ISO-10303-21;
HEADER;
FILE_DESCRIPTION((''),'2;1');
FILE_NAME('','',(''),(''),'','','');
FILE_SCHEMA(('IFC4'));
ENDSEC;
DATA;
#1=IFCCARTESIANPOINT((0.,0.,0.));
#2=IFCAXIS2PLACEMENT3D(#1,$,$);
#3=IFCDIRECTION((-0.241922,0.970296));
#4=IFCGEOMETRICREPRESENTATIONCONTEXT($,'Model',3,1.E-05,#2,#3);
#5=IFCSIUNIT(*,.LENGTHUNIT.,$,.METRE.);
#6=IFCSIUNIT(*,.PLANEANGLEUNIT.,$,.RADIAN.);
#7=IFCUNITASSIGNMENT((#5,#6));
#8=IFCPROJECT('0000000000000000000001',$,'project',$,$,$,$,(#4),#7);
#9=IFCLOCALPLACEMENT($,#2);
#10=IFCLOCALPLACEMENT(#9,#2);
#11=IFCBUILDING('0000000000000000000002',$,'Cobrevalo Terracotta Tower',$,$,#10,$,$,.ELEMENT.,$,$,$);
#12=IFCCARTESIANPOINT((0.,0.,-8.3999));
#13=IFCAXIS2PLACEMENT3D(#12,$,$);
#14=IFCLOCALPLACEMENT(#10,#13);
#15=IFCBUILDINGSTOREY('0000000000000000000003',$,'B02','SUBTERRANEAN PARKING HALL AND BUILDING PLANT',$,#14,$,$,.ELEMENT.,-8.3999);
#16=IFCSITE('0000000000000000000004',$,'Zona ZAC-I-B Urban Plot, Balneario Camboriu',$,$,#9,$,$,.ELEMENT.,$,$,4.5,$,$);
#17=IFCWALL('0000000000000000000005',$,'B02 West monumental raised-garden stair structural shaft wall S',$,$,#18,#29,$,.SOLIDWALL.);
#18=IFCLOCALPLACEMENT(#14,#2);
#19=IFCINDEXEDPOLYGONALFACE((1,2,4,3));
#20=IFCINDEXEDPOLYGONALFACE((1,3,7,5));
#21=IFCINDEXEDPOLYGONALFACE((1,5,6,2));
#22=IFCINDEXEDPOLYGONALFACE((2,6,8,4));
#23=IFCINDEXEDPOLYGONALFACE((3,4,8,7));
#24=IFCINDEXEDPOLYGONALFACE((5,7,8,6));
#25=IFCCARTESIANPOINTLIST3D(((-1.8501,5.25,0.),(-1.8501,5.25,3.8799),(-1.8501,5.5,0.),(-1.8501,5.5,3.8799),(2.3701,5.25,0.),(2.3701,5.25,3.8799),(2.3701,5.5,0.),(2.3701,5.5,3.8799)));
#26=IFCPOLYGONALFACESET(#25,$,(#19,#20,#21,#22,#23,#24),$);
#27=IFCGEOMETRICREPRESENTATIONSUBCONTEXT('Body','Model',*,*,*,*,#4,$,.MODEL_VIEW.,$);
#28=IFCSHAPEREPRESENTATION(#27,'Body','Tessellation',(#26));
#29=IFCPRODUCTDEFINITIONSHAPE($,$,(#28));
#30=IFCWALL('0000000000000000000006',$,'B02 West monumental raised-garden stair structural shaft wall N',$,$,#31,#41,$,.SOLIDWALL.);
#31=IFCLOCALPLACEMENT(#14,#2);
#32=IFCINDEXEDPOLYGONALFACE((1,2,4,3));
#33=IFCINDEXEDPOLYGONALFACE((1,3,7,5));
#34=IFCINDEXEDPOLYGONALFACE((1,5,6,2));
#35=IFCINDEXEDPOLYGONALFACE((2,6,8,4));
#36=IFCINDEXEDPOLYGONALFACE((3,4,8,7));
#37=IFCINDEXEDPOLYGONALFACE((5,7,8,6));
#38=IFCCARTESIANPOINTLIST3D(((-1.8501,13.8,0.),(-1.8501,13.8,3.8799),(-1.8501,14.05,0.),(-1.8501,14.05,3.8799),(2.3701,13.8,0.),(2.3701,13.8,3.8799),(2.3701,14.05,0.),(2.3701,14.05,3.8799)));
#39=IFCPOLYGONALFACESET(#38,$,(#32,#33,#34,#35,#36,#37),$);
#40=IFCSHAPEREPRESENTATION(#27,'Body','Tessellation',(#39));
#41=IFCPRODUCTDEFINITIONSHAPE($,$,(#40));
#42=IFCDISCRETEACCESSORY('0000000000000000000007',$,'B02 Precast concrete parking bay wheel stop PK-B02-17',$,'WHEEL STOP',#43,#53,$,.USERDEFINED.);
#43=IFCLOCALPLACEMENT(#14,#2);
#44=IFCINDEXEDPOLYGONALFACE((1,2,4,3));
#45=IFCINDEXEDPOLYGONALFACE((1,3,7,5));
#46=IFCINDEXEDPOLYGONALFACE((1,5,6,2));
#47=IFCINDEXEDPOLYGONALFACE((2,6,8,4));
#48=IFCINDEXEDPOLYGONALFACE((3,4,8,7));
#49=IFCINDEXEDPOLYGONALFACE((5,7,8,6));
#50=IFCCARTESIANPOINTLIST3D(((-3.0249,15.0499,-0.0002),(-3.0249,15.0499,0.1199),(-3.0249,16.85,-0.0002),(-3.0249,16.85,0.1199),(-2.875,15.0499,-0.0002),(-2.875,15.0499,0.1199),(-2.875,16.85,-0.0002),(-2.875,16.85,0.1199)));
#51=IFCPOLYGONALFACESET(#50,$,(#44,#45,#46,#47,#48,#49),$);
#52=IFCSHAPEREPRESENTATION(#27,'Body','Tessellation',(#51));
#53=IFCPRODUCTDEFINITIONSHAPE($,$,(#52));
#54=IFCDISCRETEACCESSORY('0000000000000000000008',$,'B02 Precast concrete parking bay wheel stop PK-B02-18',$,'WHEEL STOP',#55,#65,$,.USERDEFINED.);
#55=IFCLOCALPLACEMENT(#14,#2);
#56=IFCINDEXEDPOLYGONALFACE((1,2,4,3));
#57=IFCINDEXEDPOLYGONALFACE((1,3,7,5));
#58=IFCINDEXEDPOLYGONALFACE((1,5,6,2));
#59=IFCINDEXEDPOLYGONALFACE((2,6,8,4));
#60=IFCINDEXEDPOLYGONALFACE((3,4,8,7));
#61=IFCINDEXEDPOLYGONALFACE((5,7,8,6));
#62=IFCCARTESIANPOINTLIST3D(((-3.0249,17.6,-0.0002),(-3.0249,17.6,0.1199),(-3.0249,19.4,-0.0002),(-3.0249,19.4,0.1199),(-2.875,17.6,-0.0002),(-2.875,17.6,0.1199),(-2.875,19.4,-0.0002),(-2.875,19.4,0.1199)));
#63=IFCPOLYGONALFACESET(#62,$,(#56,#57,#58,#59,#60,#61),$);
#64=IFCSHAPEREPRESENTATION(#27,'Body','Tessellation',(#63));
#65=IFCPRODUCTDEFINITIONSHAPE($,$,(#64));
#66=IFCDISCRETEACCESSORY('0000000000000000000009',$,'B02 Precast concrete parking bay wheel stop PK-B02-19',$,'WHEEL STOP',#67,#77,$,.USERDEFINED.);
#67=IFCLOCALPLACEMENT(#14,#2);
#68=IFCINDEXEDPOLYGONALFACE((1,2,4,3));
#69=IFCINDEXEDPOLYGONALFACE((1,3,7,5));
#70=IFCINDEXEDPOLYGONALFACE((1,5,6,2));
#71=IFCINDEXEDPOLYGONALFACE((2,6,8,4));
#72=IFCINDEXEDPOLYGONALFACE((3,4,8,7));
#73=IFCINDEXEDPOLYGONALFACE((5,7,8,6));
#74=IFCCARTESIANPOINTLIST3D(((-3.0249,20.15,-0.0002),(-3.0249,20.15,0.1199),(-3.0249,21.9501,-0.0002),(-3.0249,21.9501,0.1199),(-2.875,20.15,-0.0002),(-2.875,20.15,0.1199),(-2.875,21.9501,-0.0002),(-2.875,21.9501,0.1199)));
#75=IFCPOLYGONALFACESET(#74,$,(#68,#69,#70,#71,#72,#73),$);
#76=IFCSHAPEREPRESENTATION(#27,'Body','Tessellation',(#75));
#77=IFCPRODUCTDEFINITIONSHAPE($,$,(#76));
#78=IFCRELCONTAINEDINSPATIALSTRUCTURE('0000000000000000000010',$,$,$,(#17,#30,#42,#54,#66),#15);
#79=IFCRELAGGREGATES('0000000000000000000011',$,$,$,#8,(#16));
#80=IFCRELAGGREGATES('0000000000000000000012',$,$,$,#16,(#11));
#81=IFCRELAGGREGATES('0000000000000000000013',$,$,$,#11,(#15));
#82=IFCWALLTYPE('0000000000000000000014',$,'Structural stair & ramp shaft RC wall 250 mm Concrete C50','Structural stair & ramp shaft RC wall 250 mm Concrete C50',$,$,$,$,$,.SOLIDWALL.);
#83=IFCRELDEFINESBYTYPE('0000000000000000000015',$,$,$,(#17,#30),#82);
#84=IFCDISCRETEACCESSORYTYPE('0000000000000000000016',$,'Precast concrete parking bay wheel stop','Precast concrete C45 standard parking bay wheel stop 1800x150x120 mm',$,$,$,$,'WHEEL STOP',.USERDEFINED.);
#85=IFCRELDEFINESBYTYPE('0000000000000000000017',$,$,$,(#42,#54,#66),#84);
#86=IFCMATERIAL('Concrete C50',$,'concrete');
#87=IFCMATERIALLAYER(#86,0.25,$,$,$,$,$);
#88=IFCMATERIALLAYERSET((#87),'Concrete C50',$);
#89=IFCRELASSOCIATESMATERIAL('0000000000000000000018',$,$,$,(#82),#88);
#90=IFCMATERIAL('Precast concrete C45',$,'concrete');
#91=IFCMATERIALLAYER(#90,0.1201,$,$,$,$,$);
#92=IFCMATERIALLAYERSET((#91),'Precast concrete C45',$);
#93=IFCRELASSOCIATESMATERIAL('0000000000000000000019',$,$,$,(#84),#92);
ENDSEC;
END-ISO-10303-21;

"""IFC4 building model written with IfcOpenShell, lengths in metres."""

from ifc_helpers import new_model, si_unit, direction, frame, frame_2d, origin, origin_2d, place, context, subcontext, project, spatial, rectangle, extrude, source, transform, mapped, material, layer, layer_set, type_object, element, save


model = new_model("IFC4")

# Units and contexts
model_context = context("Model", 3, precision=1e-05, world=origin(), true_north=direction((-0.241922, 0.970296)))
body_context = subcontext(model_context, "Body", "Model", "MODEL_VIEW")
ifc_project = project(units=[si_unit("LENGTHUNIT", "METRE"), si_unit("PLANEANGLEUNIT", "RADIAN")], contexts=[model_context])

# Site, building, storey
site_placement = place(None, origin())
site = spatial("IfcSite", under=ifc_project, at=site_placement, Name="Zona ZAC-I-B Urban Plot, Balneario Camboriu", CompositionType="ELEMENT", RefElevation=4.5)
building_placement = place(site_placement, origin())
building = spatial("IfcBuilding", under=site, at=building_placement, Name="Cobrevalo Terracotta Tower", CompositionType="ELEMENT")
storey_placement = place(building_placement, frame((0.0, 0.0, -8.3999)))
storey = spatial("IfcBuildingStorey", under=building, at=storey_placement, Name="B02", Description="SUBTERRANEAN PARKING HALL AND BUILDING PLANT", CompositionType="ELEMENT", Elevation=-8.3999)

# Shared definitions
ifc_material_1 = material(Name="Concrete C50", Category="concrete")

# Walls
ifc_layer_1 = layer(ifc_material_1, 0.25)
ifc_layer_set_1 = layer_set([ifc_layer_1], Name="Concrete C50")
wall_type = type_object("IfcWallType", Name="Structural stair & ramp shaft RC wall 250 mm Concrete C50", Description="Structural stair & ramp shaft RC wall 250 mm Concrete C50", PredefinedType="SOLIDWALL", material=ifc_layer_set_1)
for number, where, z_axis, x_axis, name in (
    (1, (-1.8501, 5.375, 0.0), (0.0, 0.0, 1.0), (1.0, 0.0, 0.0), "B02 West monumental raised-garden stair structural shaft wall S"),
    (2, (-1.8501, 13.925, 0.0), (0.0, 0.0, 1.0), (1.0, 0.0, 0.0), "B02 West monumental raised-garden stair structural shaft wall N"),
):
    element("IfcWall", number, at=place(storey_placement, frame(where, z_axis=z_axis, x_axis=x_axis)), inside=storey, type_object=wall_type, Name=name, PredefinedType="SOLIDWALL", context=body_context, shape_type="SweptSolid", body=[
        extrude(rectangle(XDim=4.2202, YDim=0.25, at=frame_2d((2.1101, 0.0))), origin(), (0.0, 0.0, 1.0), 3.8799),
    ])

# Discrete accessories
ifc_material_2 = material(Name="Precast concrete C45", Category="concrete")
ifc_layer_2 = layer(ifc_material_2, 0.1201)
ifc_layer_set_2 = layer_set([ifc_layer_2], Name="Precast concrete C45")
discrete_accessory_type = type_object("IfcDiscreteAccessoryType", Name="Precast concrete parking bay wheel stop", Description="Precast concrete C45 standard parking bay wheel stop 1800x150x120 mm", ElementType="WHEEL STOP", PredefinedType="USERDEFINED", material=ifc_layer_set_2)
shared_shape = source(origin(), body_context, "Body", "SweptSolid", [
    extrude(rectangle(XDim=1.8, YDim=0.1499, at=origin_2d()), origin(), (0.0, 0.0, 1.0), 0.1201),
])
for number, where, z_axis, x_axis, name in (
    (3, (-2.95, 15.95, -0.0002), (0.0, 0.0, 1.0), (0.0, 1.0, 0.0), "B02 Precast concrete parking bay wheel stop PK-B02-17"),
    (4, (-2.95, 18.5, -0.0002), (0.0, 0.0, 1.0), (0.0, 1.0, 0.0), "B02 Precast concrete parking bay wheel stop PK-B02-18"),
    (5, (-2.95, 21.05, -0.0002), (0.0, 0.0, 1.0), (0.0, 1.0, 0.0), "B02 Precast concrete parking bay wheel stop PK-B02-19"),
):
    element("IfcDiscreteAccessory", number, at=place(storey_placement, frame(where, z_axis=z_axis, x_axis=x_axis)), inside=storey, type_object=discrete_accessory_type, Name=name, ObjectType="WHEEL STOP", PredefinedType="USERDEFINED", context=body_context, shape_type="MappedRepresentation", body=[
        mapped(shared_shape, transform((0.0, 0.0, 0.0), scale=1.0)),
    ])

save(model, "model.ifc")
